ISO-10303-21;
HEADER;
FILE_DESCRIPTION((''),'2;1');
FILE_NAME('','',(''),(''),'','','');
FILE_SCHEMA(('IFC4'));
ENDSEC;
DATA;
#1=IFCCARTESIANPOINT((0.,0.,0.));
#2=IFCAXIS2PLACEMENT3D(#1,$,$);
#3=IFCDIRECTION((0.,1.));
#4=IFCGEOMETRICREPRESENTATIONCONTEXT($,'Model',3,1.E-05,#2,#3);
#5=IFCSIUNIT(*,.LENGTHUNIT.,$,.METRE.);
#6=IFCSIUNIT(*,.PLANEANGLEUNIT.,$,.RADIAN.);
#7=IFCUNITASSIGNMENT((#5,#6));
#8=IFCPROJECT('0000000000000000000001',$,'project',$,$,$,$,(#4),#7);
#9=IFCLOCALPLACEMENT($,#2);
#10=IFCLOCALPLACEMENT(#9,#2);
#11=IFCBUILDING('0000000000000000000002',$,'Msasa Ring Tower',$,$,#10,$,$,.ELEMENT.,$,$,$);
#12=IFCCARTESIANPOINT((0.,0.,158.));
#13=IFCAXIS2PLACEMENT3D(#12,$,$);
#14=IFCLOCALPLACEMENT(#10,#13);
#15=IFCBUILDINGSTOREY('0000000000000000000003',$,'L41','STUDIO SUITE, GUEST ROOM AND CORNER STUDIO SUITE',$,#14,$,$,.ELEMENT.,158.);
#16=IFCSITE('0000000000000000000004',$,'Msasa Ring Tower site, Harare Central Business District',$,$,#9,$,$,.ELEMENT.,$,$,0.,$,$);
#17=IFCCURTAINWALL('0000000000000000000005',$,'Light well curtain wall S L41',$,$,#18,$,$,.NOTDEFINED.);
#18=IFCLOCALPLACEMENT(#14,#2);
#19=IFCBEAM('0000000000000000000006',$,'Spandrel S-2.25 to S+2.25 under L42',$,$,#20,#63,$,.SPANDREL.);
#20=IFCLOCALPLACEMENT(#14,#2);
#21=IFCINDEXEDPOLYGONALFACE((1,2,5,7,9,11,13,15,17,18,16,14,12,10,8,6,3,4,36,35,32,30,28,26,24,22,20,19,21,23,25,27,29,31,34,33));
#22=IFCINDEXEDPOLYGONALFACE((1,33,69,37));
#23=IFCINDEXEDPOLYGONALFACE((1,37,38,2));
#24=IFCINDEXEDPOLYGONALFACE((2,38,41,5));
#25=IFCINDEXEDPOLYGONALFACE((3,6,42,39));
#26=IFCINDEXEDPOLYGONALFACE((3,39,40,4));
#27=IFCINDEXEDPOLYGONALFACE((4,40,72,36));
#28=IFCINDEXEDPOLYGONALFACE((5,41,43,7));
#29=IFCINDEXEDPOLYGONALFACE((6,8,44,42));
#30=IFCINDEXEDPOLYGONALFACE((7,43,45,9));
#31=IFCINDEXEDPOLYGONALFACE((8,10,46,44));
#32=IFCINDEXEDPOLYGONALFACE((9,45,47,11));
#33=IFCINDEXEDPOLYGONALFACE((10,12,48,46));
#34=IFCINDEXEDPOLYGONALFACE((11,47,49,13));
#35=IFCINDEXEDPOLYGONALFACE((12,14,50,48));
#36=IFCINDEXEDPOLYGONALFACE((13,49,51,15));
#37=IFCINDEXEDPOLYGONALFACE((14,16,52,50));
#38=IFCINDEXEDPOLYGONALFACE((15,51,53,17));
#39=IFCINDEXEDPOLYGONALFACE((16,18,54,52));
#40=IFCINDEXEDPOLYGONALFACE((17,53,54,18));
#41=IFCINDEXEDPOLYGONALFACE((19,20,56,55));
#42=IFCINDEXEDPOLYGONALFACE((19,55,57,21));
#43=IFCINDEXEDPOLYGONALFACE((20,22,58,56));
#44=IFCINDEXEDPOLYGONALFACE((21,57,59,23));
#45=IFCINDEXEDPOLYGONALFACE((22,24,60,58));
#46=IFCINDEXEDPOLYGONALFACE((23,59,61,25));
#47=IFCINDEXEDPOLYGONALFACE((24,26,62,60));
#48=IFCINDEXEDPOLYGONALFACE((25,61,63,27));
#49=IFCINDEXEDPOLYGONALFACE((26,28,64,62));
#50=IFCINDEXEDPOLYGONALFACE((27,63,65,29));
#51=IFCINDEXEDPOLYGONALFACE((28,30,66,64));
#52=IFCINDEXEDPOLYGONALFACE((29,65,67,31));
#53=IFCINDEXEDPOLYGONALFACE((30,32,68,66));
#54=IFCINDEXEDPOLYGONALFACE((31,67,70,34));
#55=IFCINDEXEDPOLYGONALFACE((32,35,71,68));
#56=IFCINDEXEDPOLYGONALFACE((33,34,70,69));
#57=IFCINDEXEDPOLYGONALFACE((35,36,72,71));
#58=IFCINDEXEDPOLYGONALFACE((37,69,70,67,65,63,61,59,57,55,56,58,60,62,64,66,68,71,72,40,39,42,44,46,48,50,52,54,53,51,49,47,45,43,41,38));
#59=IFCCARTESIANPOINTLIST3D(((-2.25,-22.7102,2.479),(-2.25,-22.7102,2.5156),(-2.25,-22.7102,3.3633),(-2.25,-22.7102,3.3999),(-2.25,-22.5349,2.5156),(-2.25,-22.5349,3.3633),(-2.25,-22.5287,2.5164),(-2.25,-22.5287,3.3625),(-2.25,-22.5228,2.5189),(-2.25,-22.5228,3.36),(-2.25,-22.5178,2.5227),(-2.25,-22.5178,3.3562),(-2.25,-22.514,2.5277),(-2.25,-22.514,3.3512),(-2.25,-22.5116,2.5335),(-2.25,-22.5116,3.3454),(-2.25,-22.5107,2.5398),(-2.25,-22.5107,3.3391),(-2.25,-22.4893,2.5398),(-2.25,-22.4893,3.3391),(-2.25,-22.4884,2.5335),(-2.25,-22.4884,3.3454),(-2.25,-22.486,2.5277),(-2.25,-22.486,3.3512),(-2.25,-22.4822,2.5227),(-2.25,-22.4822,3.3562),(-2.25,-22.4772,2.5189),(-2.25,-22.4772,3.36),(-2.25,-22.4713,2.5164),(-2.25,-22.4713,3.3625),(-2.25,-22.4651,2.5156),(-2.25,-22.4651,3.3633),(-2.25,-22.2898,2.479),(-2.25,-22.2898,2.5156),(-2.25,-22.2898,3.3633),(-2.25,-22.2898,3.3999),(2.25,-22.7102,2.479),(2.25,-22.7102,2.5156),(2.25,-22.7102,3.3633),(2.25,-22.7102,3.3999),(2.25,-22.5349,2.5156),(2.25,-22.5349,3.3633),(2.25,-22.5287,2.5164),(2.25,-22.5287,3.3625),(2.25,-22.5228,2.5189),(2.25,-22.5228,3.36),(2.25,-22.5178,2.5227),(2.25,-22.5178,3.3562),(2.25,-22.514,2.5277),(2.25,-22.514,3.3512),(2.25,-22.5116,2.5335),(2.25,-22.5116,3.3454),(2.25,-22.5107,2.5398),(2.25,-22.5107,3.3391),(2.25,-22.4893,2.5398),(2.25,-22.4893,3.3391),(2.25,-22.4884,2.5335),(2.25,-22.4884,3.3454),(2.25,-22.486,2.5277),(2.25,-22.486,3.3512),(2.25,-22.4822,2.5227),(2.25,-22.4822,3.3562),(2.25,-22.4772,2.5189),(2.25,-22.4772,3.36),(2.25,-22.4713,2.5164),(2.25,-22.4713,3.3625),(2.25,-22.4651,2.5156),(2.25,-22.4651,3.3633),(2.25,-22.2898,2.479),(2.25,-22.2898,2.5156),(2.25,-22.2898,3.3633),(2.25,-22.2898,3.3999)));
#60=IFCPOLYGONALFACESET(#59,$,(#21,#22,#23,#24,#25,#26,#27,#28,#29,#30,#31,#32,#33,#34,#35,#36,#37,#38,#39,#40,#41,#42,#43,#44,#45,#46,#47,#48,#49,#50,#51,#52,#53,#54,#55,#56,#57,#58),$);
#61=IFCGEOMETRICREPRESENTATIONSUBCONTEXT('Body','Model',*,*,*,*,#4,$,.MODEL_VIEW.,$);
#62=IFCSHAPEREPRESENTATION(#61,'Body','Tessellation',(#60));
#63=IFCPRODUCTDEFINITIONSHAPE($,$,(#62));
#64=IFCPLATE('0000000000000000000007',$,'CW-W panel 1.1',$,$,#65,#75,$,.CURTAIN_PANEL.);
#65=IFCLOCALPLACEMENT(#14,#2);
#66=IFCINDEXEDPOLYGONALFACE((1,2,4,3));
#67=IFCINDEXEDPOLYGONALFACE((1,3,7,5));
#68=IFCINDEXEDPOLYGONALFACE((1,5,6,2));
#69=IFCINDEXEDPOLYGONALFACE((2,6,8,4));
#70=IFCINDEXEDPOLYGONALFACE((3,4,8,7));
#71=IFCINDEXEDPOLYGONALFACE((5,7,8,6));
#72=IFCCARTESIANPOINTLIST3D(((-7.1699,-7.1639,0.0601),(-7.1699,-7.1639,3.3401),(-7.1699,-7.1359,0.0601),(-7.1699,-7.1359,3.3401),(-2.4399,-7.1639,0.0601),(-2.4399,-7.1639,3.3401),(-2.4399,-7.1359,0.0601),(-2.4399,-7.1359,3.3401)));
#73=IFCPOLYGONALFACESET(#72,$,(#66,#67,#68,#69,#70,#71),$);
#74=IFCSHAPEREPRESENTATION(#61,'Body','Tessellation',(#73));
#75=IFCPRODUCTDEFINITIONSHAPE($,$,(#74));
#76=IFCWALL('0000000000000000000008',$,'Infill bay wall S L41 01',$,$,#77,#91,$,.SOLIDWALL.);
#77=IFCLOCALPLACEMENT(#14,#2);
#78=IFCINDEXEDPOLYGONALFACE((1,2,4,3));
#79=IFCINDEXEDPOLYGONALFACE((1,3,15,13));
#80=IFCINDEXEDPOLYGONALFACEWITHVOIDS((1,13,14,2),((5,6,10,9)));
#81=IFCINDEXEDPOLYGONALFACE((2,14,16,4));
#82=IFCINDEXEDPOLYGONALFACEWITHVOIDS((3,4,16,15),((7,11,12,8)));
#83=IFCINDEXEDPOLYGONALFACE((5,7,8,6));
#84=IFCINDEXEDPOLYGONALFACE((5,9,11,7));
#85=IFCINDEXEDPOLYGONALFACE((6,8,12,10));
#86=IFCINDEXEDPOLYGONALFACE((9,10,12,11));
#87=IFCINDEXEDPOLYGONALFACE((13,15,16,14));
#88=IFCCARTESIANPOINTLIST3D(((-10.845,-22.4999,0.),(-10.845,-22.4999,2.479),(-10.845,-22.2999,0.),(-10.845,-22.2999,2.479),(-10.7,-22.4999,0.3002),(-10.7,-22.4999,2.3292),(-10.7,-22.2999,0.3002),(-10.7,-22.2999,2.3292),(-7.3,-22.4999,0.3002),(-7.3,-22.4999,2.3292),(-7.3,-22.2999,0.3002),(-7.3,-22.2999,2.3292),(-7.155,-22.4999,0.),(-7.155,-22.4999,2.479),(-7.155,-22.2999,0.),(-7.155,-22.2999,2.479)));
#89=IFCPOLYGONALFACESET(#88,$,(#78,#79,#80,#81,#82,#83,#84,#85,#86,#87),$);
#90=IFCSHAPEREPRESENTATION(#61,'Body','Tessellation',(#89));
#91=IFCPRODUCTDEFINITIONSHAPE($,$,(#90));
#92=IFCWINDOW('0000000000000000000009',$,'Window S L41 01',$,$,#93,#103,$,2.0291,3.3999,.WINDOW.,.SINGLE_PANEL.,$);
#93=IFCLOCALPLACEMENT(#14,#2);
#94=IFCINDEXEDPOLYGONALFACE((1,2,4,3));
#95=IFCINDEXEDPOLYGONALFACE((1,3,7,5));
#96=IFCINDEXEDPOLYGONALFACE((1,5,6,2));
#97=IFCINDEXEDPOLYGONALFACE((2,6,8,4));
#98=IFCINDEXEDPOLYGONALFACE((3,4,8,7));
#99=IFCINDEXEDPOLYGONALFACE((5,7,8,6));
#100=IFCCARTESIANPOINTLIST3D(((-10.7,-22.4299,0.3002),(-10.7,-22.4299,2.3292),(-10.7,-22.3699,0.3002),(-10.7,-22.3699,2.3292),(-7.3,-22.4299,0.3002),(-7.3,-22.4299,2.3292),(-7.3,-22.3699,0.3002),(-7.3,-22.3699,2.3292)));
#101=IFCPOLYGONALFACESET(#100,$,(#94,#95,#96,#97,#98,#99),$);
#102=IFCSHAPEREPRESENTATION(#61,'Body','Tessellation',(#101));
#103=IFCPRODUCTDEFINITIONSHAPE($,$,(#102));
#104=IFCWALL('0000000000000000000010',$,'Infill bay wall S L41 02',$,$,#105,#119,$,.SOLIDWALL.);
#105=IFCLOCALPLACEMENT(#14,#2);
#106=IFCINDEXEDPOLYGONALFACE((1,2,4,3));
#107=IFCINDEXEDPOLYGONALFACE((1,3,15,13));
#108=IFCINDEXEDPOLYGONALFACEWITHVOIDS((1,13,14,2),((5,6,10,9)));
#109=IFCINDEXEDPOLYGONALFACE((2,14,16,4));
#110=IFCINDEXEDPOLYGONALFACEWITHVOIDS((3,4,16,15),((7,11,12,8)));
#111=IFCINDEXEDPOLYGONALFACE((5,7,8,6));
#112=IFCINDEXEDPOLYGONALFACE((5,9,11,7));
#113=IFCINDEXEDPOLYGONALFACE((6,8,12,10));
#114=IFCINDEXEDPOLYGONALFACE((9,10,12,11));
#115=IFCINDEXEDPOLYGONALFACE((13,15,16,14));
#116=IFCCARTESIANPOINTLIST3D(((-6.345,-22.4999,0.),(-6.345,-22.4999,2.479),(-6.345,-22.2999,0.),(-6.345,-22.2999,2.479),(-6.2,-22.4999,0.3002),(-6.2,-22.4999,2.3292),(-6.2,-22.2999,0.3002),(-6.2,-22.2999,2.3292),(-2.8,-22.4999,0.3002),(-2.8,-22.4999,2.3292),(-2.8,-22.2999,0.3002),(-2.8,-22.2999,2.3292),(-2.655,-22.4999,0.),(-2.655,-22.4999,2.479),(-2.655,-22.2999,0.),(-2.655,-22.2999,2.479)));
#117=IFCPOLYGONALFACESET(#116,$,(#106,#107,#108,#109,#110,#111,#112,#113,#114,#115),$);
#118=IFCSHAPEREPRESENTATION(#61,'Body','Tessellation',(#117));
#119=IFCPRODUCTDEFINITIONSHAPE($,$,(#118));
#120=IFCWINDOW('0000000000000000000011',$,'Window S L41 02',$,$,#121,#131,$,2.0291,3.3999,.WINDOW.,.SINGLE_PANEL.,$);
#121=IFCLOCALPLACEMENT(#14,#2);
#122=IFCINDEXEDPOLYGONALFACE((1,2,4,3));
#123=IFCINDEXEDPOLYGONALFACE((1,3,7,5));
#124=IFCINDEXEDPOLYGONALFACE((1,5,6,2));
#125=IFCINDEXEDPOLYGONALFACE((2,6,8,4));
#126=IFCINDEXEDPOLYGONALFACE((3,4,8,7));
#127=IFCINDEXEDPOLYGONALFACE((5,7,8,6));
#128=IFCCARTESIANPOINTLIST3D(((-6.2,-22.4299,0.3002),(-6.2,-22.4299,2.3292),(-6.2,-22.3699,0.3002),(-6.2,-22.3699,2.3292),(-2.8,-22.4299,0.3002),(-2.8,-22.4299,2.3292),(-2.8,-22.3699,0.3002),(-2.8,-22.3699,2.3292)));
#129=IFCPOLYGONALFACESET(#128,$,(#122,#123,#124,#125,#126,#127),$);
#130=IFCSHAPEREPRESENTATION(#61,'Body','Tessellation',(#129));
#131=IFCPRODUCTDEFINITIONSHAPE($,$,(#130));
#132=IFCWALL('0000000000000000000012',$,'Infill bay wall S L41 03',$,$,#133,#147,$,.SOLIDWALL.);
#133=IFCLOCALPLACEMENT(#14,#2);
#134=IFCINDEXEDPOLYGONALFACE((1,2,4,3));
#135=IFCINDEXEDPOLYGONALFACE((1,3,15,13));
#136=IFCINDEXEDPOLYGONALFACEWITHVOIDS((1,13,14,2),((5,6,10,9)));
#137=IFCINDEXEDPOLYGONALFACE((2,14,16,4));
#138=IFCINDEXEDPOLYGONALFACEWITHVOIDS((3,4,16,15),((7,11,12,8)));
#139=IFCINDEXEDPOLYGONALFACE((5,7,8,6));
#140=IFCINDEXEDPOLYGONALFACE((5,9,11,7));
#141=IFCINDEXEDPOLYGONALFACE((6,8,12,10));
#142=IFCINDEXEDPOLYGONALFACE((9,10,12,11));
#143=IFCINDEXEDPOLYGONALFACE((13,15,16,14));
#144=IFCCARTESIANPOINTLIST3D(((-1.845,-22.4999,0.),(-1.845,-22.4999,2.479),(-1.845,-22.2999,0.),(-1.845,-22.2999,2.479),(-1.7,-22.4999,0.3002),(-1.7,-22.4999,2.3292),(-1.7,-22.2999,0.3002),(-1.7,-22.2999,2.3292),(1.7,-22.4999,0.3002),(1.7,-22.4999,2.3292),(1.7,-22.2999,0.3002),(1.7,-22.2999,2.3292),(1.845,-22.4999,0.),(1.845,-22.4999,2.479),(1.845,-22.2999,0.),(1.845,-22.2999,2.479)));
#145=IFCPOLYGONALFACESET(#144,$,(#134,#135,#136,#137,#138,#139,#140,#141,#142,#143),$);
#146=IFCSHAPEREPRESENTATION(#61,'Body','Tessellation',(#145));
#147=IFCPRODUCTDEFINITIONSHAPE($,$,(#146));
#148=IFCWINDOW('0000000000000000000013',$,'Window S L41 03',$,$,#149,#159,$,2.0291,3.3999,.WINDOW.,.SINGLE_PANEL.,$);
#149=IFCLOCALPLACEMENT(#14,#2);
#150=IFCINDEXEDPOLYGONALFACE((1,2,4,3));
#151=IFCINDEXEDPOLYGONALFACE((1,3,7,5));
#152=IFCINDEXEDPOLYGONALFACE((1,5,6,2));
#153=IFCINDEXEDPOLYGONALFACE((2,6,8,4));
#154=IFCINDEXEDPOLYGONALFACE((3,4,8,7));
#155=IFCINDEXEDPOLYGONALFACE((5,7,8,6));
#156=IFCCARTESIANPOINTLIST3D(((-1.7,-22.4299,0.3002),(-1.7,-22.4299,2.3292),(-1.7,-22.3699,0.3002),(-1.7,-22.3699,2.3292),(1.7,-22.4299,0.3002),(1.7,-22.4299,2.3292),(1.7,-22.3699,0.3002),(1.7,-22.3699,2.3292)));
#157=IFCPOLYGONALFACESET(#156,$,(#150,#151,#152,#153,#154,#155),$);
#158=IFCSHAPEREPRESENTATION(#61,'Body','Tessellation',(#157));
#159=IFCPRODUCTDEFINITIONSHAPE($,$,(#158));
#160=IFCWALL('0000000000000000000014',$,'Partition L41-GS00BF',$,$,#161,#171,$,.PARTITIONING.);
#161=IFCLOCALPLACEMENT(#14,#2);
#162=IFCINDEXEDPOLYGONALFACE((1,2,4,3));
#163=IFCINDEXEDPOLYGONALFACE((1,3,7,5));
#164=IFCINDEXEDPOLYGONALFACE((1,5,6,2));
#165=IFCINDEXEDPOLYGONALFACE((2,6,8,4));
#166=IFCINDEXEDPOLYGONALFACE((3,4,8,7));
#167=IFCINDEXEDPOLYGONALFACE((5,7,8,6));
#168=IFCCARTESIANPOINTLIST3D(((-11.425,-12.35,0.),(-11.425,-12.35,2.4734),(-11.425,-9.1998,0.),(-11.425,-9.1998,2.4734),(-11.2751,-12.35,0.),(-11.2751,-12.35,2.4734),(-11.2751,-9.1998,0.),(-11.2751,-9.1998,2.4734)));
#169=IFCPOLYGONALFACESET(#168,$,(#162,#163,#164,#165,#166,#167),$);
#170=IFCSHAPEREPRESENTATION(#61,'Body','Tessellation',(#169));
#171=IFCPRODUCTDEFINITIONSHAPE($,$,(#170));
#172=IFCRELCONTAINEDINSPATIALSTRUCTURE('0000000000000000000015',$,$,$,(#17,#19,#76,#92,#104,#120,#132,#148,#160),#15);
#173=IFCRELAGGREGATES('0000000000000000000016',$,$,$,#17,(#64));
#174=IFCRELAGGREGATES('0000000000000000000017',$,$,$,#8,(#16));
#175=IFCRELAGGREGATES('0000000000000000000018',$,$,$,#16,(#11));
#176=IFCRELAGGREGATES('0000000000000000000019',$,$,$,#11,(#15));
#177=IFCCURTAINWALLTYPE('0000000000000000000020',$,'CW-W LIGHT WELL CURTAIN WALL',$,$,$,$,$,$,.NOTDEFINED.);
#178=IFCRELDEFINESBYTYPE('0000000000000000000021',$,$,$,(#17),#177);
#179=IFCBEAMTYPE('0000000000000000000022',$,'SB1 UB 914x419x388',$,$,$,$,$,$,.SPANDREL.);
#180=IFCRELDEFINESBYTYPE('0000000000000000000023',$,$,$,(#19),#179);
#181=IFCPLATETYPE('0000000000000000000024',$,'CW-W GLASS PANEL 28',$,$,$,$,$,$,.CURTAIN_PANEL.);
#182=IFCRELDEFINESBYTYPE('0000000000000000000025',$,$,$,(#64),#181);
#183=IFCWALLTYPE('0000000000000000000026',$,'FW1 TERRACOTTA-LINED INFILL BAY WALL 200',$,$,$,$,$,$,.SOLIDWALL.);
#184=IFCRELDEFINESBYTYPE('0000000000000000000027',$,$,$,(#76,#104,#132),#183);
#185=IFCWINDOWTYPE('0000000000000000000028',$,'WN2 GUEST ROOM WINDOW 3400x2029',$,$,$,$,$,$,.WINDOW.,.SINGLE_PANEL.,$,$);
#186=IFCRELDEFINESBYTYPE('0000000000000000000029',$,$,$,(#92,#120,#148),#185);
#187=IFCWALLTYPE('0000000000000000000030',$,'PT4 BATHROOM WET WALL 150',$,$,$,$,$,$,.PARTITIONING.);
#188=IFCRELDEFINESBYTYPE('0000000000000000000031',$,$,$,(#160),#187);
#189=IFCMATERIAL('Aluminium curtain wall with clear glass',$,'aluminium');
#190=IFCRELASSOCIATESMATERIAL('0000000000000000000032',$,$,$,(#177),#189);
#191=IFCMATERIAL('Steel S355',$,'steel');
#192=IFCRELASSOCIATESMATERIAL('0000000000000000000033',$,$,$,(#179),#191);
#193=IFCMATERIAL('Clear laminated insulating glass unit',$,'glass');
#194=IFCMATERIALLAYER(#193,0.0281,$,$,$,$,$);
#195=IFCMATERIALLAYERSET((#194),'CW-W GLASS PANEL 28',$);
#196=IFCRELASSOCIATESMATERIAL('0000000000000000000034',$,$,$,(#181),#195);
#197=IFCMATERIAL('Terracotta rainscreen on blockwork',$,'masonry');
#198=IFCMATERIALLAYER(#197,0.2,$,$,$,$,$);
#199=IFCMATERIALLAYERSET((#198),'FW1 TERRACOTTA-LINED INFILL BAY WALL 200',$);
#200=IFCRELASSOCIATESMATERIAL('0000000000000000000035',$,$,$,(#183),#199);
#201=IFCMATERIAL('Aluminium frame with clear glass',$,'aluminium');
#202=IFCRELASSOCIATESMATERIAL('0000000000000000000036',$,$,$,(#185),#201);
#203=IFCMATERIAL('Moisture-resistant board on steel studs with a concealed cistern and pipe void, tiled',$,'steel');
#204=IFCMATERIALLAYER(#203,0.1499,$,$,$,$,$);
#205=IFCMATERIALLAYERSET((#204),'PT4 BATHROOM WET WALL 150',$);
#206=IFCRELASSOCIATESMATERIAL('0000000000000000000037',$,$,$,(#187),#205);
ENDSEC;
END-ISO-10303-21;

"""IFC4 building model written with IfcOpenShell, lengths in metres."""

from ifc_helpers import new_model, si_unit, direction, frame, frame_2d, origin, origin_2d, place, context, subcontext, project, spatial, rectangle, i_section, extrude, material, layer, layer_set, material_profile, profile_set, type_object, element, fill, aggregate, save


model = new_model("IFC4")

# Units and contexts
model_context = context("Model", 3, precision=1e-05, world=origin(), true_north=direction((0.0, 1.0)))
body_context = subcontext(model_context, "Body", "Model", "MODEL_VIEW")
ifc_project = project(units=[si_unit("LENGTHUNIT", "METRE"), si_unit("PLANEANGLEUNIT", "RADIAN")], contexts=[model_context])

# Site, building, storey
site_placement = place(None, origin())
site = spatial("IfcSite", under=ifc_project, at=site_placement, Name="Msasa Ring Tower site, Harare Central Business District", CompositionType="ELEMENT", RefElevation=0.0)
building_placement = place(site_placement, origin())
building = spatial("IfcBuilding", under=site, at=building_placement, Name="Msasa Ring Tower", CompositionType="ELEMENT")
storey_placement = place(building_placement, frame((0.0, 0.0, 158.0)))
storey = spatial("IfcBuildingStorey", under=building, at=storey_placement, Name="L41", Description="STUDIO SUITE, GUEST ROOM AND CORNER STUDIO SUITE", CompositionType="ELEMENT", Elevation=158.0)

# Curtain wall
ifc_material_1 = material(Name="Aluminium curtain wall with clear glass", Category="aluminium")
curtain_wall_type = type_object("IfcCurtainWallType", Name="CW-W LIGHT WELL CURTAIN WALL", PredefinedType="NOTDEFINED", material=ifc_material_1)
curtain_wall_placement = place(storey_placement, origin())
curtain_wall = element("IfcCurtainWall", 1, at=curtain_wall_placement, inside=storey, type_object=curtain_wall_type, Name="Light well curtain wall S L41", PredefinedType="NOTDEFINED")

# Beam
ifc_material_2 = material(Name="Steel S355", Category="steel")
ifc_material_profile_1 = material_profile(ifc_material_2, i_section(OverallWidth=0.4204, OverallDepth=0.9209, WebThickness=0.0215, FlangeThickness=0.0366, FilletRadius=0.0242, at=origin_2d()), Name="UB 914x419x388")
ifc_profile_set_1 = profile_set([ifc_material_profile_1], Name="Steel S355")
beam_type_1 = type_object("IfcBeamType", Name="SB1 UB 914x419x388", PredefinedType="SPANDREL", material=ifc_profile_set_1)
for number, where, z_axis, x_axis, name in (
    (2, (-2.25, -22.5, 2.9395), (1.0, 0.0, 0.0), (0.0, 1.0, 0.0), "Spandrel S-2.25 to S+2.25 under L42"),
):
    element("IfcBeam", number, at=place(storey_placement, frame(where, z_axis=z_axis, x_axis=x_axis)), inside=storey, type_object=beam_type_1, Name=name, PredefinedType="SPANDREL", context=body_context, shape_type="SweptSolid", body=[
        extrude(i_section(OverallWidth=0.4204, OverallDepth=0.9209, WebThickness=0.0215, FlangeThickness=0.0366, FilletRadius=0.0242, at=origin_2d()), origin(), (0.0, 0.0, 1.0), 4.5),
    ])

# Plate
ifc_material_3 = material(Name="Clear laminated insulating glass unit", Category="glass")
ifc_layer_1 = layer(ifc_material_3, 0.0281)
ifc_layer_set_1 = layer_set([ifc_layer_1], Name="CW-W GLASS PANEL 28")
plate_type = type_object("IfcPlateType", Name="CW-W GLASS PANEL 28", PredefinedType="CURTAIN_PANEL", material=ifc_layer_set_1)
plate_placement = place(storey_placement, frame((-4.8049, -7.1499, 0.0601), z_axis=(0.0, 0.0, 1.0), x_axis=(1.0, 0.0, 0.0)))
plate = element("IfcPlate", 3, at=plate_placement, type_object=plate_type, Name="CW-W panel 1.1", PredefinedType="CURTAIN_PANEL", context=body_context, shape_type="SweptSolid", body=[
    extrude(rectangle(XDim=4.73, YDim=0.0281, at=origin_2d()), origin(), (0.0, 0.0, 1.0), 3.28),
])
aggregate(curtain_wall, [plate])

# Walls, openings, windows
ifc_material_4 = material(Name="Terracotta rainscreen on blockwork", Category="masonry")
ifc_layer_2 = layer(ifc_material_4, 0.2)
ifc_layer_set_2 = layer_set([ifc_layer_2], Name="FW1 TERRACOTTA-LINED INFILL BAY WALL 200")
wall_type_1 = type_object("IfcWallType", Name="FW1 TERRACOTTA-LINED INFILL BAY WALL 200", PredefinedType="SOLIDWALL", material=ifc_layer_set_2)
wall_1_placement = place(storey_placement, frame((-10.845, -22.3999, 0.0), z_axis=(0.0, 0.0, 1.0), x_axis=(1.0, 0.0, 0.0)))
wall_1 = element("IfcWall", 4, at=wall_1_placement, inside=storey, type_object=wall_type_1, Name="Infill bay wall S L41 01", PredefinedType="SOLIDWALL", context=body_context, shape_type="SweptSolid", body=[
    extrude(rectangle(XDim=3.6899, YDim=0.2, at=frame_2d((1.845, 0.0))), origin(), (0.0, 0.0, 1.0), 2.479),
])
opening_1_placement = place(wall_1_placement, frame((0.145, 0.0, 0.3)))
opening_1 = element("IfcOpeningElement", 5, at=opening_1_placement, cuts=wall_1, PredefinedType="OPENING", context=body_context, shape_type="SweptSolid", body=[
    extrude(rectangle(XDim=3.3999, YDim=2.0291, at=frame_2d((1.7, 1.0146))), frame((0.0, 0.1099, 0.0), z_axis=(0.0, -1.0, 0.0), x_axis=(1.0, 0.0, 0.0)), (0.0, 0.0, 1.0), 0.22),
])
ifc_material_5 = material(Name="Aluminium frame with clear glass", Category="aluminium")
window_type = type_object("IfcWindowType", Name="WN2 GUEST ROOM WINDOW 3400x2029", PartitioningType="SINGLE_PANEL", PredefinedType="WINDOW", material=ifc_material_5)
window_1_placement = place(opening_1_placement, origin())
window_1 = element("IfcWindow", 6, at=window_1_placement, inside=storey, type_object=window_type, Name="Window S L41 01", OverallHeight=2.0291, OverallWidth=3.3999, PartitioningType="SINGLE_PANEL", PredefinedType="WINDOW", context=body_context, shape_type="SweptSolid", body=[
    extrude(rectangle(XDim=3.3999, YDim=2.0291, at=frame_2d((1.7, 1.0146))), frame((0.0, 0.03, 0.0), z_axis=(0.0, -1.0, 0.0), x_axis=(1.0, 0.0, 0.0)), (0.0, 0.0, 1.0), 0.0601),
])
fill(opening_1, window_1)
wall_2_placement = place(storey_placement, frame((-6.345, -22.3999, 0.0), z_axis=(0.0, 0.0, 1.0), x_axis=(1.0, 0.0, 0.0)))
wall_2 = element("IfcWall", 7, at=wall_2_placement, inside=storey, type_object=wall_type_1, Name="Infill bay wall S L41 02", PredefinedType="SOLIDWALL", context=body_context, shape_type="SweptSolid", body=[
    extrude(rectangle(XDim=3.6899, YDim=0.2, at=frame_2d((1.845, 0.0))), origin(), (0.0, 0.0, 1.0), 2.479),
])
opening_2_placement = place(wall_2_placement, frame((0.145, 0.0, 0.3)))
opening_2 = element("IfcOpeningElement", 8, at=opening_2_placement, cuts=wall_2, PredefinedType="OPENING", context=body_context, shape_type="SweptSolid", body=[
    extrude(rectangle(XDim=3.3999, YDim=2.0291, at=frame_2d((1.7, 1.0146))), frame((0.0, 0.1099, 0.0), z_axis=(0.0, -1.0, 0.0), x_axis=(1.0, 0.0, 0.0)), (0.0, 0.0, 1.0), 0.22),
])
window_2_placement = place(opening_2_placement, origin())
window_2 = element("IfcWindow", 9, at=window_2_placement, inside=storey, type_object=window_type, Name="Window S L41 02", OverallHeight=2.0291, OverallWidth=3.3999, PartitioningType="SINGLE_PANEL", PredefinedType="WINDOW", context=body_context, shape_type="SweptSolid", body=[
    extrude(rectangle(XDim=3.3999, YDim=2.0291, at=frame_2d((1.7, 1.0146))), frame((0.0, 0.03, 0.0), z_axis=(0.0, -1.0, 0.0), x_axis=(1.0, 0.0, 0.0)), (0.0, 0.0, 1.0), 0.0601),
])
fill(opening_2, window_2)
wall_3_placement = place(storey_placement, frame((-1.845, -22.3999, 0.0), z_axis=(0.0, 0.0, 1.0), x_axis=(1.0, 0.0, 0.0)))
wall_3 = element("IfcWall", 10, at=wall_3_placement, inside=storey, type_object=wall_type_1, Name="Infill bay wall S L41 03", PredefinedType="SOLIDWALL", context=body_context, shape_type="SweptSolid", body=[
    extrude(rectangle(XDim=3.6899, YDim=0.2, at=frame_2d((1.845, 0.0))), origin(), (0.0, 0.0, 1.0), 2.479),
])
opening_3_placement = place(wall_3_placement, frame((0.145, 0.0, 0.3)))
opening_3 = element("IfcOpeningElement", 11, at=opening_3_placement, cuts=wall_3, PredefinedType="OPENING", context=body_context, shape_type="SweptSolid", body=[
    extrude(rectangle(XDim=3.3999, YDim=2.0291, at=frame_2d((1.7, 1.0146))), frame((0.0, 0.1099, 0.0), z_axis=(0.0, -1.0, 0.0), x_axis=(1.0, 0.0, 0.0)), (0.0, 0.0, 1.0), 0.22),
])
window_3_placement = place(opening_3_placement, origin())
window_3 = element("IfcWindow", 12, at=window_3_placement, inside=storey, type_object=window_type, Name="Window S L41 03", OverallHeight=2.0291, OverallWidth=3.3999, PartitioningType="SINGLE_PANEL", PredefinedType="WINDOW", context=body_context, shape_type="SweptSolid", body=[
    extrude(rectangle(XDim=3.3999, YDim=2.0291, at=frame_2d((1.7, 1.0146))), frame((0.0, 0.03, 0.0), z_axis=(0.0, -1.0, 0.0), x_axis=(1.0, 0.0, 0.0)), (0.0, 0.0, 1.0), 0.0601),
])
fill(opening_3, window_3)

# Wall
ifc_material_6 = material(Name="Moisture-resistant board on steel studs with a concealed cistern and pipe void, tiled", Category="steel")
ifc_layer_3 = layer(ifc_material_6, 0.1499)
ifc_layer_set_3 = layer_set([ifc_layer_3], Name="PT4 BATHROOM WET WALL 150")
wall_type_2 = type_object("IfcWallType", Name="PT4 BATHROOM WET WALL 150", PredefinedType="PARTITIONING", material=ifc_layer_set_3)
wall_4_placement = place(storey_placement, frame((-11.3501, -12.3501, 0.0), z_axis=(0.0, 0.0, 1.0), x_axis=(0.0, 1.0, 0.0)))
element("IfcWall", 13, at=wall_4_placement, inside=storey, type_object=wall_type_2, Name="Partition L41-GS00BF", PredefinedType="PARTITIONING", context=body_context, shape_type="SweptSolid", body=[
    extrude(rectangle(XDim=3.1501, YDim=0.1499, at=frame_2d((1.5752, 0.0))), origin(), (0.0, 0.0, 1.0), 2.4734),
])

save(model, "model.ifc")
